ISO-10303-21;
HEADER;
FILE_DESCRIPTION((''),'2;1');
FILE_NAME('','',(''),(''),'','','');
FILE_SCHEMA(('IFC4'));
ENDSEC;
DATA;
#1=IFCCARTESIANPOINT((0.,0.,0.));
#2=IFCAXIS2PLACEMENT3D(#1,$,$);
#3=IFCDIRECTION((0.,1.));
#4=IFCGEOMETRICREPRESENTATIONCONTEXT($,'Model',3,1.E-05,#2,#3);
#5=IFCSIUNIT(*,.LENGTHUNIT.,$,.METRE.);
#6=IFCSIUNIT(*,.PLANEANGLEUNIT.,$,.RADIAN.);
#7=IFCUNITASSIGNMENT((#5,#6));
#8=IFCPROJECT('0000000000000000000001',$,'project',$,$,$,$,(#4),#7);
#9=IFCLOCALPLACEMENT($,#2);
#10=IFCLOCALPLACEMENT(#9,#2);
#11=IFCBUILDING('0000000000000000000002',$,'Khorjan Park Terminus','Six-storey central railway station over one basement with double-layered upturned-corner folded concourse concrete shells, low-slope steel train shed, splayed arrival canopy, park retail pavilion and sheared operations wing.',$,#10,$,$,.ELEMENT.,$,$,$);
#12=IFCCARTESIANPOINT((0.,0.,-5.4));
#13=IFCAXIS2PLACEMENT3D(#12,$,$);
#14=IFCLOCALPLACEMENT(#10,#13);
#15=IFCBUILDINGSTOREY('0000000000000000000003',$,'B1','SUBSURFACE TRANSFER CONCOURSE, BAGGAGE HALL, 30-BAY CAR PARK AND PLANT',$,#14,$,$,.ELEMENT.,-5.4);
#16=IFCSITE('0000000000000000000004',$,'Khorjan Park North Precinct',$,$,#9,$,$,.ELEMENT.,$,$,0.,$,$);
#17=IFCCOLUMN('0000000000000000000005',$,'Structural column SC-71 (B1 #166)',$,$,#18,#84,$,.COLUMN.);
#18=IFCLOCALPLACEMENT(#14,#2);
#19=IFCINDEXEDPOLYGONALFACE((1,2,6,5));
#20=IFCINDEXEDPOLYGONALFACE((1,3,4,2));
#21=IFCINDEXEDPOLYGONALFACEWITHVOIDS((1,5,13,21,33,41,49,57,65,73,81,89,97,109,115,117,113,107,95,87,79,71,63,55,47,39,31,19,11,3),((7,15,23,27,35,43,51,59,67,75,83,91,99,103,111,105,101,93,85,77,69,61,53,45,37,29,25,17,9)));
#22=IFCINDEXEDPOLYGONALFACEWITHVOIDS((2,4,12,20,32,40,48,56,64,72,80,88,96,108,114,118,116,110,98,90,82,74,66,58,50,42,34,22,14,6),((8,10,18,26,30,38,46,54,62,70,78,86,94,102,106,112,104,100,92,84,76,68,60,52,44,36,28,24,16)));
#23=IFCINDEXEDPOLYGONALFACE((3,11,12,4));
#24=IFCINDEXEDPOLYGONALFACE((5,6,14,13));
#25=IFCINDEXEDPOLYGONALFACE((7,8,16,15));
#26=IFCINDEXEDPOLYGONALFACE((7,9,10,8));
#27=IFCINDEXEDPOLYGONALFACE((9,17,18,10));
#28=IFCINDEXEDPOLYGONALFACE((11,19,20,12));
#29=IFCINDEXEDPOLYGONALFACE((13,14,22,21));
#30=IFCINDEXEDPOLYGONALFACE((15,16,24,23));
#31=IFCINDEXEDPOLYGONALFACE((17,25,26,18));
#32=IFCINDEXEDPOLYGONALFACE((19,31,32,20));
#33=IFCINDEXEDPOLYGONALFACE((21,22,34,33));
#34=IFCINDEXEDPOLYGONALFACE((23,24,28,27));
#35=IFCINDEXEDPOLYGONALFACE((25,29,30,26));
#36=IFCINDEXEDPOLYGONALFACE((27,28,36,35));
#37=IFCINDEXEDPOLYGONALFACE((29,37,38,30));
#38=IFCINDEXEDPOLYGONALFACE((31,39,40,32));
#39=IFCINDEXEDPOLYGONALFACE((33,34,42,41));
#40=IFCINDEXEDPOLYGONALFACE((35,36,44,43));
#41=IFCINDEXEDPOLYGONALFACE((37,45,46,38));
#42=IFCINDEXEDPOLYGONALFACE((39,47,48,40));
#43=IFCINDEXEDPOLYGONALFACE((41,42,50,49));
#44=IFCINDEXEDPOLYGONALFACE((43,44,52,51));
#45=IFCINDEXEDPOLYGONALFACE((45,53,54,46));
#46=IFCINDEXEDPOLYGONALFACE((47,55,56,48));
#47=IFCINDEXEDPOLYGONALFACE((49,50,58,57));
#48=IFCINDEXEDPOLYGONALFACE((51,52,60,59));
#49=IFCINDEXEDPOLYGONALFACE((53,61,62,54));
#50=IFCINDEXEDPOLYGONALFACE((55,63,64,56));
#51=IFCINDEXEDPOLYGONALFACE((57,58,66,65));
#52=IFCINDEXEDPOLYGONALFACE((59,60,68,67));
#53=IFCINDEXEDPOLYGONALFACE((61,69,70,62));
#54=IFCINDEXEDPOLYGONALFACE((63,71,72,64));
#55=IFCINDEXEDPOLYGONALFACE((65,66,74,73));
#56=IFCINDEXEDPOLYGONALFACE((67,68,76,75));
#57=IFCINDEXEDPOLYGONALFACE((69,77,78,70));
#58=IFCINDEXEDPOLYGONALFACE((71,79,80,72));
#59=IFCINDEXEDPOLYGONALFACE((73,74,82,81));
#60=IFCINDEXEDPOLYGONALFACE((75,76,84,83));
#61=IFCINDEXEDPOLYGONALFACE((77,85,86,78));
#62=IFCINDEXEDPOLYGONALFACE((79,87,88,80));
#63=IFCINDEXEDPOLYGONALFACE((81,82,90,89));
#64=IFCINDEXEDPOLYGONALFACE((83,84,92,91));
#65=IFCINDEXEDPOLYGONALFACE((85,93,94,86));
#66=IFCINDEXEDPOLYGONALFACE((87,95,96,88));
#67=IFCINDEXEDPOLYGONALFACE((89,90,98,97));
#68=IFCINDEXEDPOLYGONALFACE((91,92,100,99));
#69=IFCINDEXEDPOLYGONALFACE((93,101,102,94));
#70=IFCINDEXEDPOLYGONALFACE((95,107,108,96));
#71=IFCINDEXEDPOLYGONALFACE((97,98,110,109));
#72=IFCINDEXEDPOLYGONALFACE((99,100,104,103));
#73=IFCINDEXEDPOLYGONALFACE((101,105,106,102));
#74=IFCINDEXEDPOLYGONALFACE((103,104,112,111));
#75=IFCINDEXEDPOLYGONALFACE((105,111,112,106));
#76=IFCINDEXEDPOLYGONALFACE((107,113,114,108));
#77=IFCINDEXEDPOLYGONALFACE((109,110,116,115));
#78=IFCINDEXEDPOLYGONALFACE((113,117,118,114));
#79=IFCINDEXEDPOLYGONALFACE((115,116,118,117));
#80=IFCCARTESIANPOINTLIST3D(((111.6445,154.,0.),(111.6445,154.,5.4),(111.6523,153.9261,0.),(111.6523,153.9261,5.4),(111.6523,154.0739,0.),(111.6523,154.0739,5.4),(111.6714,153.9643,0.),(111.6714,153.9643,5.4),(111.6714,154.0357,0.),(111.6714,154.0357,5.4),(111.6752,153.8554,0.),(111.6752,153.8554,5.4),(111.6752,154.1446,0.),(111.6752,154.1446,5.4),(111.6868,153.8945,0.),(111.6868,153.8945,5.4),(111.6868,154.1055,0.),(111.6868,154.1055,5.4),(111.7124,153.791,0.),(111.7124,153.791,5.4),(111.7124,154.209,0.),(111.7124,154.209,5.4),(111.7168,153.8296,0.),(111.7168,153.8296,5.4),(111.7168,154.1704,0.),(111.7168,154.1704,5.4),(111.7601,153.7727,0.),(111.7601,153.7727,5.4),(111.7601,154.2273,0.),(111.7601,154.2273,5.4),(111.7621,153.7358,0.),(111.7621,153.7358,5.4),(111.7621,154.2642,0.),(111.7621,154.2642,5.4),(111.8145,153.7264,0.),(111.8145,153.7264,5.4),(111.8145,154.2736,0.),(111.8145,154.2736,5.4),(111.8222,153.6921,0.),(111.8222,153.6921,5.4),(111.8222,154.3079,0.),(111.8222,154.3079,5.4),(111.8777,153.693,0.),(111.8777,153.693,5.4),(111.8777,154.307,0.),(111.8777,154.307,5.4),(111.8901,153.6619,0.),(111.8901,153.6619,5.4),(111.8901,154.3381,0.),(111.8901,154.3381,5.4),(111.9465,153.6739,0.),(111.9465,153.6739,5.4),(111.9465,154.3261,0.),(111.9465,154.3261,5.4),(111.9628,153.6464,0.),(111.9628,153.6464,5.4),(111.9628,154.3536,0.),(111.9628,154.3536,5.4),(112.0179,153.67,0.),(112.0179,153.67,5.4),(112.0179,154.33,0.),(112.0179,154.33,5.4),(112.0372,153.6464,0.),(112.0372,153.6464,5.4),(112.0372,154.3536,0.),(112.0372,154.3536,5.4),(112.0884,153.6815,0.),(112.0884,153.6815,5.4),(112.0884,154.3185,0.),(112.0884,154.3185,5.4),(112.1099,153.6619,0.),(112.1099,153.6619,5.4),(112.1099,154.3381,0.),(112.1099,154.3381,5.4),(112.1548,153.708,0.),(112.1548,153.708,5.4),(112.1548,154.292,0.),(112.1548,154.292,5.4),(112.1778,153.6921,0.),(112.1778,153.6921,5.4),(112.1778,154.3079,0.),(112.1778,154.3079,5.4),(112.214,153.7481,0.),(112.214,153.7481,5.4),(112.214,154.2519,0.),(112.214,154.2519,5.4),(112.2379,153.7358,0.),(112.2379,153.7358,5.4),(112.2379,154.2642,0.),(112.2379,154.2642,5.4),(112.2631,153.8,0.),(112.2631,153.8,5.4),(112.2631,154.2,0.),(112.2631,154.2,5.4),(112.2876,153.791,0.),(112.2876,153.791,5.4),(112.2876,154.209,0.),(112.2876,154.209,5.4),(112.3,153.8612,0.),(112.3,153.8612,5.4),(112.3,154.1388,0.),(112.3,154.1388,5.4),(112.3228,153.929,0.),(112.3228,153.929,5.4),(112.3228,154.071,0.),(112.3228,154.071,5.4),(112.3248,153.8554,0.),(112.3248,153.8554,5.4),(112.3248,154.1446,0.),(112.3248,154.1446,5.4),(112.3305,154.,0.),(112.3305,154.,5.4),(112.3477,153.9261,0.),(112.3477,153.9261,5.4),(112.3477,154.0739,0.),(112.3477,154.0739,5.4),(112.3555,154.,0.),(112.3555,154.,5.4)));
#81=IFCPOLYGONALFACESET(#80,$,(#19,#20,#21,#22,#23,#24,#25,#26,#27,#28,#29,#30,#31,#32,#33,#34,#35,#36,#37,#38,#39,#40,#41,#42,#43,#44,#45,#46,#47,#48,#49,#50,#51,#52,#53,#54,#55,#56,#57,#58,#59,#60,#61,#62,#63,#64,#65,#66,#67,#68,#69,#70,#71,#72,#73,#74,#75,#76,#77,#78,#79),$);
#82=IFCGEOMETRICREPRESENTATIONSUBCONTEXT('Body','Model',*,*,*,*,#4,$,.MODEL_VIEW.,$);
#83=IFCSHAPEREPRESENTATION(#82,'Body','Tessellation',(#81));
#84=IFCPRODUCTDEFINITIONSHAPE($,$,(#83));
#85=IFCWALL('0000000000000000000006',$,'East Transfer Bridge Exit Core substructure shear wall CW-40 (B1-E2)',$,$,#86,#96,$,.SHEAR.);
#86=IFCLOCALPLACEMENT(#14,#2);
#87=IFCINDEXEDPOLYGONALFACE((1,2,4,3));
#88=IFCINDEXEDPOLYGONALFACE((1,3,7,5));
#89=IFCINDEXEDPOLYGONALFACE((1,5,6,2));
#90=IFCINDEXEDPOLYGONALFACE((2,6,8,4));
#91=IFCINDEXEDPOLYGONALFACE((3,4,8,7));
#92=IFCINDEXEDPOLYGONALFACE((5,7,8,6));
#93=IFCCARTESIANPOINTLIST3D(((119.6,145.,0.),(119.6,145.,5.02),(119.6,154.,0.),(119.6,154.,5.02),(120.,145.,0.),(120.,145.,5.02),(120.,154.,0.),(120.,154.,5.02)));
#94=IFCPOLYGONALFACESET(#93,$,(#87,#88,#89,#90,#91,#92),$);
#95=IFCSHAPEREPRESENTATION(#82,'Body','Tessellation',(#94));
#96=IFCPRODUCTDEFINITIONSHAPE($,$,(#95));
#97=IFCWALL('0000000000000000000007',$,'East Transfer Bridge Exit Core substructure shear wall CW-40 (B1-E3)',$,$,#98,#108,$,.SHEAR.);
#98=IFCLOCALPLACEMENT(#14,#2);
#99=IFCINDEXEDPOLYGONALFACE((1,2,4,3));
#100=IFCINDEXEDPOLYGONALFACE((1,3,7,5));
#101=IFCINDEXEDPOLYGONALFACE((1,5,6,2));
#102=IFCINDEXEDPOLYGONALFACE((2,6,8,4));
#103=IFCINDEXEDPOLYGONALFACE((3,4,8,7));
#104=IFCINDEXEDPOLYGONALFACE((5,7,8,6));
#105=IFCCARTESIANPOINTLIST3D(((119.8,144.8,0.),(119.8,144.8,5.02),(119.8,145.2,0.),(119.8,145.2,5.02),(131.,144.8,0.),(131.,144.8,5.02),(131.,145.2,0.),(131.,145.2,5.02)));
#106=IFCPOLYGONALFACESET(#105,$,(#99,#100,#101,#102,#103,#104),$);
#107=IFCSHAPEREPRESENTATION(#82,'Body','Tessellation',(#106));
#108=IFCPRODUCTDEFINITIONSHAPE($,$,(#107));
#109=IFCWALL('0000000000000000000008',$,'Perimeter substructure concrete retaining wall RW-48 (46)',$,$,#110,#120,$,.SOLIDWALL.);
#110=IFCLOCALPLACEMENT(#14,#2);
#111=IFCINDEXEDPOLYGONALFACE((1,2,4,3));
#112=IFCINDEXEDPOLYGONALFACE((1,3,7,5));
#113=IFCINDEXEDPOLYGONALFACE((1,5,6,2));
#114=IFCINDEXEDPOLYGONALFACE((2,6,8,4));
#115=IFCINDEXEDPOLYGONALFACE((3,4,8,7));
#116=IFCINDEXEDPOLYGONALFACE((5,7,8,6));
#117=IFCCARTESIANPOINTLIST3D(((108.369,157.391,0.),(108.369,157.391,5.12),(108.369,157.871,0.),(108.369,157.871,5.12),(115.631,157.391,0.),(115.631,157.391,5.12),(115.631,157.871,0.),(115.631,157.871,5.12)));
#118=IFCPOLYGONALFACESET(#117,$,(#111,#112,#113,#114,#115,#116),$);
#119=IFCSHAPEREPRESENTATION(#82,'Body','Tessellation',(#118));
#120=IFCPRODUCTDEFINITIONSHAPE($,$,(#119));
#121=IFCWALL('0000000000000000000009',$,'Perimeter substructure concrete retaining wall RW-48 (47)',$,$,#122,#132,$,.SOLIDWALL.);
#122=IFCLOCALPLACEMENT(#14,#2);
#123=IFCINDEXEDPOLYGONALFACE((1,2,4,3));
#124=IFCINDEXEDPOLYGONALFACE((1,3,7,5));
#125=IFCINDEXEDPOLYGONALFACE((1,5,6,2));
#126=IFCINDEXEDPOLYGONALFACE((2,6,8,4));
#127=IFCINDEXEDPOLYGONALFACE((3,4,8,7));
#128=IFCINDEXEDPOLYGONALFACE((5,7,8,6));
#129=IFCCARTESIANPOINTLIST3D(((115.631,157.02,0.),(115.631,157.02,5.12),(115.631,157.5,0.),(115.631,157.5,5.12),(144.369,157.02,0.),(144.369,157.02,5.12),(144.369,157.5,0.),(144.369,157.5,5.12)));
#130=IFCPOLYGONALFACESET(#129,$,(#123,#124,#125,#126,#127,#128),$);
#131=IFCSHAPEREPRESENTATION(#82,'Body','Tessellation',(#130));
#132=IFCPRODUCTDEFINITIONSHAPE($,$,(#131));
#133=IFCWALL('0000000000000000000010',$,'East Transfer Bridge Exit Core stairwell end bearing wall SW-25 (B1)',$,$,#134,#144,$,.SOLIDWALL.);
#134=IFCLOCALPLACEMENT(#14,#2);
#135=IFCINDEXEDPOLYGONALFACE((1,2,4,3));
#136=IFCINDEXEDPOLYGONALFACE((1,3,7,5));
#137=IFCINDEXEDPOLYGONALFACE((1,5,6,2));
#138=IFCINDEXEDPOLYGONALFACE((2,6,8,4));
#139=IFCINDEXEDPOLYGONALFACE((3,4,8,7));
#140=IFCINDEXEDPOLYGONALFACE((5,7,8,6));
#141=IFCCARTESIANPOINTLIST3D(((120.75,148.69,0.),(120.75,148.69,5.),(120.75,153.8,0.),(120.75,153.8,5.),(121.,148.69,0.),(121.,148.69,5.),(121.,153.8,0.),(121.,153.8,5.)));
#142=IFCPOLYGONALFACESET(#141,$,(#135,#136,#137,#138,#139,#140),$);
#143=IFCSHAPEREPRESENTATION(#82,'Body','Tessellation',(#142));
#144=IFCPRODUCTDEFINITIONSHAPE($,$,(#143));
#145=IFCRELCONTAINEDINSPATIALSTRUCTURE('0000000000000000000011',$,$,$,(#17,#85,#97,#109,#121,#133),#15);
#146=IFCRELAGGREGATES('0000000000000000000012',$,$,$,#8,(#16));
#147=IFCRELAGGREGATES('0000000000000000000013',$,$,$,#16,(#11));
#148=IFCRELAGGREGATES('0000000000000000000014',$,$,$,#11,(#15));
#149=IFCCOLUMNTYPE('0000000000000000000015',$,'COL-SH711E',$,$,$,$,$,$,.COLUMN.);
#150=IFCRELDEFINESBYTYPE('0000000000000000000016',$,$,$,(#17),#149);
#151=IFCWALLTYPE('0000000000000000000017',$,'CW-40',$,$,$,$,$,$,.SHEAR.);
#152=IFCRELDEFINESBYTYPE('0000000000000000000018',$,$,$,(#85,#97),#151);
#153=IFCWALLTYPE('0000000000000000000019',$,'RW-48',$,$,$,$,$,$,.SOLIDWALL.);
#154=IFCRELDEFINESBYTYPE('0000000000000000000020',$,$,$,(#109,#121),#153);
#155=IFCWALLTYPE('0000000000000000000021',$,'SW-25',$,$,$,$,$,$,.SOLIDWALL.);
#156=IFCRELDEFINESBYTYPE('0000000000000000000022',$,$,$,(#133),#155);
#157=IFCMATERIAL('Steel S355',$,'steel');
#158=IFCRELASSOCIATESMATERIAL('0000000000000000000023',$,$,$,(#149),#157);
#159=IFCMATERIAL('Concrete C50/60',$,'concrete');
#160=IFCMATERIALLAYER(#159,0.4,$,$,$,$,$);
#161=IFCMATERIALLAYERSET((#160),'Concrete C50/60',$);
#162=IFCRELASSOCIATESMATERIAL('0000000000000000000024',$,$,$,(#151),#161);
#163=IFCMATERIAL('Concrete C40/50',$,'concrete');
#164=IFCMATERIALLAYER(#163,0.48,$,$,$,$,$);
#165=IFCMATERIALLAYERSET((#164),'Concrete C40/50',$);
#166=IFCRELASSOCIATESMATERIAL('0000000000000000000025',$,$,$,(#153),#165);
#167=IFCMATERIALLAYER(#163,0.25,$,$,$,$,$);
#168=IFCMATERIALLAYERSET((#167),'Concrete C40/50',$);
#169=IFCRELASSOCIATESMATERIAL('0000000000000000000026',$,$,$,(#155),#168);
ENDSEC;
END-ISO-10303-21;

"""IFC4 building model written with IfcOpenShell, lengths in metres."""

from ifc_helpers import new_model, si_unit, direction, frame, frame_2d, origin, origin_2d, place, context, subcontext, project, spatial, rectangle, hollow_circle, extrude, material, layer, layer_set, material_profile, profile_set, type_object, element, save


model = new_model("IFC4")

# Units and contexts
model_context = context("Model", 3, precision=1e-05, world=origin(), true_north=direction((0.0, 1.0)))
body_context = subcontext(model_context, "Body", "Model", "MODEL_VIEW")
ifc_project = project(units=[si_unit("LENGTHUNIT", "METRE"), si_unit("PLANEANGLEUNIT", "RADIAN")], contexts=[model_context])

# Site, building, storey
site_placement = place(None, origin())
site = spatial("IfcSite", under=ifc_project, at=site_placement, Name="Khorjan Park North Precinct", CompositionType="ELEMENT", RefElevation=0.0)
building_placement = place(site_placement, origin())
building = spatial("IfcBuilding", under=site, at=building_placement, Name="Khorjan Park Terminus", Description="Six-storey central railway station over one basement with double-layered upturned-corner folded concourse concrete shells, low-slope steel train shed, splayed arrival canopy, park retail pavilion and sheared operations wing.", CompositionType="ELEMENT")
storey_placement = place(building_placement, frame((0.0, 0.0, -5.4)))
storey = spatial("IfcBuildingStorey", under=building, at=storey_placement, Name="B1", Description="SUBSURFACE TRANSFER CONCOURSE, BAGGAGE HALL, 30-BAY CAR PARK AND PLANT", CompositionType="ELEMENT", Elevation=-5.4)

# Shared definitions
ifc_material_1 = material(Name="Concrete C40/50", Category="concrete")

# Column
ifc_material_2 = material(Name="Steel S355", Category="steel")
ifc_material_3 = material(Name="Concrete C50/60", Category="concrete")
ifc_material_profile_1 = material_profile(ifc_material_2, hollow_circle(Radius=0.3555, WallThickness=0.025, at=origin_2d()), Name="CHS 711x25")
ifc_profile_set_1 = profile_set([ifc_material_profile_1], Name="Steel S355")
column_type_1 = type_object("IfcColumnType", Name="COL-SH711E", PredefinedType="COLUMN", material=ifc_profile_set_1)
column_1_placement = place(storey_placement, frame((112.0, 154.0, 0.0), z_axis=(0.0, 0.0, 1.0), x_axis=(1.0, 0.0, 0.0)))
element("IfcColumn", 1, at=column_1_placement, inside=storey, type_object=column_type_1, Name="Structural column SC-71 (B1 #166)", PredefinedType="COLUMN", context=body_context, shape_type="SweptSolid", body=[
    extrude(hollow_circle(Radius=0.3555, WallThickness=0.025, at=origin_2d()), origin(), (0.0, 0.0, 1.0), 5.4),
])

# Walls
ifc_layer_1 = layer(ifc_material_3, 0.4)
ifc_layer_set_1 = layer_set([ifc_layer_1], Name="Concrete C50/60")
wall_type_1 = type_object("IfcWallType", Name="CW-40", PredefinedType="SHEAR", material=ifc_layer_set_1)
wall_1_placement = place(storey_placement, frame((119.8, 154.0, 0.0), z_axis=(0.0, 0.0, 1.0), x_axis=(0.0, -1.0, 0.0)))
element("IfcWall", 2, at=wall_1_placement, inside=storey, type_object=wall_type_1, Name="East Transfer Bridge Exit Core substructure shear wall CW-40 (B1-E2)", PredefinedType="SHEAR", context=body_context, shape_type="SweptSolid", body=[
    extrude(rectangle(XDim=9.0, YDim=0.4, at=frame_2d((4.5, 0.0))), origin(), (0.0, 0.0, 1.0), 5.02),
])
wall_2_placement = place(storey_placement, frame((119.8, 145.0, 0.0), z_axis=(0.0, 0.0, 1.0), x_axis=(1.0, 0.0, 0.0)))
element("IfcWall", 3, at=wall_2_placement, inside=storey, type_object=wall_type_1, Name="East Transfer Bridge Exit Core substructure shear wall CW-40 (B1-E3)", PredefinedType="SHEAR", context=body_context, shape_type="SweptSolid", body=[
    extrude(rectangle(XDim=11.2, YDim=0.4, at=frame_2d((5.6, 0.0))), origin(), (0.0, 0.0, 1.0), 5.02),
])
ifc_layer_2 = layer(ifc_material_1, 0.48)
ifc_layer_set_2 = layer_set([ifc_layer_2], Name="Concrete C40/50")
wall_type_2 = type_object("IfcWallType", Name="RW-48", PredefinedType="SOLIDWALL", material=ifc_layer_set_2)
wall_3_placement = place(storey_placement, frame((108.369, 157.631, 0.0), z_axis=(0.0, 0.0, 1.0), x_axis=(1.0, 0.0, 0.0)))
element("IfcWall", 4, at=wall_3_placement, inside=storey, type_object=wall_type_2, Name="Perimeter substructure concrete retaining wall RW-48 (46)", PredefinedType="SOLIDWALL", context=body_context, shape_type="SweptSolid", body=[
    extrude(rectangle(XDim=7.262, YDim=0.48, at=frame_2d((3.631, 0.0))), origin(), (0.0, 0.0, 1.0), 5.12),
])
wall_4_placement = place(storey_placement, frame((115.631, 157.26, 0.0), z_axis=(0.0, 0.0, 1.0), x_axis=(1.0, 0.0, 0.0)))
element("IfcWall", 5, at=wall_4_placement, inside=storey, type_object=wall_type_2, Name="Perimeter substructure concrete retaining wall RW-48 (47)", PredefinedType="SOLIDWALL", context=body_context, shape_type="SweptSolid", body=[
    extrude(rectangle(XDim=28.738, YDim=0.48, at=frame_2d((14.369, 0.0))), origin(), (0.0, 0.0, 1.0), 5.12),
])
ifc_layer_3 = layer(ifc_material_1, 0.25)
ifc_layer_set_3 = layer_set([ifc_layer_3], Name="Concrete C40/50")
wall_type_3 = type_object("IfcWallType", Name="SW-25", PredefinedType="SOLIDWALL", material=ifc_layer_set_3)
wall_5_placement = place(storey_placement, frame((120.875, 153.8, 0.0), z_axis=(0.0, 0.0, 1.0), x_axis=(0.0, -1.0, 0.0)))
element("IfcWall", 6, at=wall_5_placement, inside=storey, type_object=wall_type_3, Name="East Transfer Bridge Exit Core stairwell end bearing wall SW-25 (B1)", PredefinedType="SOLIDWALL", context=body_context, shape_type="SweptSolid", body=[
    extrude(rectangle(XDim=5.11, YDim=0.25, at=frame_2d((2.555, 0.0))), origin(), (0.0, 0.0, 1.0), 5.0),
])

save(model, "model.ifc")
